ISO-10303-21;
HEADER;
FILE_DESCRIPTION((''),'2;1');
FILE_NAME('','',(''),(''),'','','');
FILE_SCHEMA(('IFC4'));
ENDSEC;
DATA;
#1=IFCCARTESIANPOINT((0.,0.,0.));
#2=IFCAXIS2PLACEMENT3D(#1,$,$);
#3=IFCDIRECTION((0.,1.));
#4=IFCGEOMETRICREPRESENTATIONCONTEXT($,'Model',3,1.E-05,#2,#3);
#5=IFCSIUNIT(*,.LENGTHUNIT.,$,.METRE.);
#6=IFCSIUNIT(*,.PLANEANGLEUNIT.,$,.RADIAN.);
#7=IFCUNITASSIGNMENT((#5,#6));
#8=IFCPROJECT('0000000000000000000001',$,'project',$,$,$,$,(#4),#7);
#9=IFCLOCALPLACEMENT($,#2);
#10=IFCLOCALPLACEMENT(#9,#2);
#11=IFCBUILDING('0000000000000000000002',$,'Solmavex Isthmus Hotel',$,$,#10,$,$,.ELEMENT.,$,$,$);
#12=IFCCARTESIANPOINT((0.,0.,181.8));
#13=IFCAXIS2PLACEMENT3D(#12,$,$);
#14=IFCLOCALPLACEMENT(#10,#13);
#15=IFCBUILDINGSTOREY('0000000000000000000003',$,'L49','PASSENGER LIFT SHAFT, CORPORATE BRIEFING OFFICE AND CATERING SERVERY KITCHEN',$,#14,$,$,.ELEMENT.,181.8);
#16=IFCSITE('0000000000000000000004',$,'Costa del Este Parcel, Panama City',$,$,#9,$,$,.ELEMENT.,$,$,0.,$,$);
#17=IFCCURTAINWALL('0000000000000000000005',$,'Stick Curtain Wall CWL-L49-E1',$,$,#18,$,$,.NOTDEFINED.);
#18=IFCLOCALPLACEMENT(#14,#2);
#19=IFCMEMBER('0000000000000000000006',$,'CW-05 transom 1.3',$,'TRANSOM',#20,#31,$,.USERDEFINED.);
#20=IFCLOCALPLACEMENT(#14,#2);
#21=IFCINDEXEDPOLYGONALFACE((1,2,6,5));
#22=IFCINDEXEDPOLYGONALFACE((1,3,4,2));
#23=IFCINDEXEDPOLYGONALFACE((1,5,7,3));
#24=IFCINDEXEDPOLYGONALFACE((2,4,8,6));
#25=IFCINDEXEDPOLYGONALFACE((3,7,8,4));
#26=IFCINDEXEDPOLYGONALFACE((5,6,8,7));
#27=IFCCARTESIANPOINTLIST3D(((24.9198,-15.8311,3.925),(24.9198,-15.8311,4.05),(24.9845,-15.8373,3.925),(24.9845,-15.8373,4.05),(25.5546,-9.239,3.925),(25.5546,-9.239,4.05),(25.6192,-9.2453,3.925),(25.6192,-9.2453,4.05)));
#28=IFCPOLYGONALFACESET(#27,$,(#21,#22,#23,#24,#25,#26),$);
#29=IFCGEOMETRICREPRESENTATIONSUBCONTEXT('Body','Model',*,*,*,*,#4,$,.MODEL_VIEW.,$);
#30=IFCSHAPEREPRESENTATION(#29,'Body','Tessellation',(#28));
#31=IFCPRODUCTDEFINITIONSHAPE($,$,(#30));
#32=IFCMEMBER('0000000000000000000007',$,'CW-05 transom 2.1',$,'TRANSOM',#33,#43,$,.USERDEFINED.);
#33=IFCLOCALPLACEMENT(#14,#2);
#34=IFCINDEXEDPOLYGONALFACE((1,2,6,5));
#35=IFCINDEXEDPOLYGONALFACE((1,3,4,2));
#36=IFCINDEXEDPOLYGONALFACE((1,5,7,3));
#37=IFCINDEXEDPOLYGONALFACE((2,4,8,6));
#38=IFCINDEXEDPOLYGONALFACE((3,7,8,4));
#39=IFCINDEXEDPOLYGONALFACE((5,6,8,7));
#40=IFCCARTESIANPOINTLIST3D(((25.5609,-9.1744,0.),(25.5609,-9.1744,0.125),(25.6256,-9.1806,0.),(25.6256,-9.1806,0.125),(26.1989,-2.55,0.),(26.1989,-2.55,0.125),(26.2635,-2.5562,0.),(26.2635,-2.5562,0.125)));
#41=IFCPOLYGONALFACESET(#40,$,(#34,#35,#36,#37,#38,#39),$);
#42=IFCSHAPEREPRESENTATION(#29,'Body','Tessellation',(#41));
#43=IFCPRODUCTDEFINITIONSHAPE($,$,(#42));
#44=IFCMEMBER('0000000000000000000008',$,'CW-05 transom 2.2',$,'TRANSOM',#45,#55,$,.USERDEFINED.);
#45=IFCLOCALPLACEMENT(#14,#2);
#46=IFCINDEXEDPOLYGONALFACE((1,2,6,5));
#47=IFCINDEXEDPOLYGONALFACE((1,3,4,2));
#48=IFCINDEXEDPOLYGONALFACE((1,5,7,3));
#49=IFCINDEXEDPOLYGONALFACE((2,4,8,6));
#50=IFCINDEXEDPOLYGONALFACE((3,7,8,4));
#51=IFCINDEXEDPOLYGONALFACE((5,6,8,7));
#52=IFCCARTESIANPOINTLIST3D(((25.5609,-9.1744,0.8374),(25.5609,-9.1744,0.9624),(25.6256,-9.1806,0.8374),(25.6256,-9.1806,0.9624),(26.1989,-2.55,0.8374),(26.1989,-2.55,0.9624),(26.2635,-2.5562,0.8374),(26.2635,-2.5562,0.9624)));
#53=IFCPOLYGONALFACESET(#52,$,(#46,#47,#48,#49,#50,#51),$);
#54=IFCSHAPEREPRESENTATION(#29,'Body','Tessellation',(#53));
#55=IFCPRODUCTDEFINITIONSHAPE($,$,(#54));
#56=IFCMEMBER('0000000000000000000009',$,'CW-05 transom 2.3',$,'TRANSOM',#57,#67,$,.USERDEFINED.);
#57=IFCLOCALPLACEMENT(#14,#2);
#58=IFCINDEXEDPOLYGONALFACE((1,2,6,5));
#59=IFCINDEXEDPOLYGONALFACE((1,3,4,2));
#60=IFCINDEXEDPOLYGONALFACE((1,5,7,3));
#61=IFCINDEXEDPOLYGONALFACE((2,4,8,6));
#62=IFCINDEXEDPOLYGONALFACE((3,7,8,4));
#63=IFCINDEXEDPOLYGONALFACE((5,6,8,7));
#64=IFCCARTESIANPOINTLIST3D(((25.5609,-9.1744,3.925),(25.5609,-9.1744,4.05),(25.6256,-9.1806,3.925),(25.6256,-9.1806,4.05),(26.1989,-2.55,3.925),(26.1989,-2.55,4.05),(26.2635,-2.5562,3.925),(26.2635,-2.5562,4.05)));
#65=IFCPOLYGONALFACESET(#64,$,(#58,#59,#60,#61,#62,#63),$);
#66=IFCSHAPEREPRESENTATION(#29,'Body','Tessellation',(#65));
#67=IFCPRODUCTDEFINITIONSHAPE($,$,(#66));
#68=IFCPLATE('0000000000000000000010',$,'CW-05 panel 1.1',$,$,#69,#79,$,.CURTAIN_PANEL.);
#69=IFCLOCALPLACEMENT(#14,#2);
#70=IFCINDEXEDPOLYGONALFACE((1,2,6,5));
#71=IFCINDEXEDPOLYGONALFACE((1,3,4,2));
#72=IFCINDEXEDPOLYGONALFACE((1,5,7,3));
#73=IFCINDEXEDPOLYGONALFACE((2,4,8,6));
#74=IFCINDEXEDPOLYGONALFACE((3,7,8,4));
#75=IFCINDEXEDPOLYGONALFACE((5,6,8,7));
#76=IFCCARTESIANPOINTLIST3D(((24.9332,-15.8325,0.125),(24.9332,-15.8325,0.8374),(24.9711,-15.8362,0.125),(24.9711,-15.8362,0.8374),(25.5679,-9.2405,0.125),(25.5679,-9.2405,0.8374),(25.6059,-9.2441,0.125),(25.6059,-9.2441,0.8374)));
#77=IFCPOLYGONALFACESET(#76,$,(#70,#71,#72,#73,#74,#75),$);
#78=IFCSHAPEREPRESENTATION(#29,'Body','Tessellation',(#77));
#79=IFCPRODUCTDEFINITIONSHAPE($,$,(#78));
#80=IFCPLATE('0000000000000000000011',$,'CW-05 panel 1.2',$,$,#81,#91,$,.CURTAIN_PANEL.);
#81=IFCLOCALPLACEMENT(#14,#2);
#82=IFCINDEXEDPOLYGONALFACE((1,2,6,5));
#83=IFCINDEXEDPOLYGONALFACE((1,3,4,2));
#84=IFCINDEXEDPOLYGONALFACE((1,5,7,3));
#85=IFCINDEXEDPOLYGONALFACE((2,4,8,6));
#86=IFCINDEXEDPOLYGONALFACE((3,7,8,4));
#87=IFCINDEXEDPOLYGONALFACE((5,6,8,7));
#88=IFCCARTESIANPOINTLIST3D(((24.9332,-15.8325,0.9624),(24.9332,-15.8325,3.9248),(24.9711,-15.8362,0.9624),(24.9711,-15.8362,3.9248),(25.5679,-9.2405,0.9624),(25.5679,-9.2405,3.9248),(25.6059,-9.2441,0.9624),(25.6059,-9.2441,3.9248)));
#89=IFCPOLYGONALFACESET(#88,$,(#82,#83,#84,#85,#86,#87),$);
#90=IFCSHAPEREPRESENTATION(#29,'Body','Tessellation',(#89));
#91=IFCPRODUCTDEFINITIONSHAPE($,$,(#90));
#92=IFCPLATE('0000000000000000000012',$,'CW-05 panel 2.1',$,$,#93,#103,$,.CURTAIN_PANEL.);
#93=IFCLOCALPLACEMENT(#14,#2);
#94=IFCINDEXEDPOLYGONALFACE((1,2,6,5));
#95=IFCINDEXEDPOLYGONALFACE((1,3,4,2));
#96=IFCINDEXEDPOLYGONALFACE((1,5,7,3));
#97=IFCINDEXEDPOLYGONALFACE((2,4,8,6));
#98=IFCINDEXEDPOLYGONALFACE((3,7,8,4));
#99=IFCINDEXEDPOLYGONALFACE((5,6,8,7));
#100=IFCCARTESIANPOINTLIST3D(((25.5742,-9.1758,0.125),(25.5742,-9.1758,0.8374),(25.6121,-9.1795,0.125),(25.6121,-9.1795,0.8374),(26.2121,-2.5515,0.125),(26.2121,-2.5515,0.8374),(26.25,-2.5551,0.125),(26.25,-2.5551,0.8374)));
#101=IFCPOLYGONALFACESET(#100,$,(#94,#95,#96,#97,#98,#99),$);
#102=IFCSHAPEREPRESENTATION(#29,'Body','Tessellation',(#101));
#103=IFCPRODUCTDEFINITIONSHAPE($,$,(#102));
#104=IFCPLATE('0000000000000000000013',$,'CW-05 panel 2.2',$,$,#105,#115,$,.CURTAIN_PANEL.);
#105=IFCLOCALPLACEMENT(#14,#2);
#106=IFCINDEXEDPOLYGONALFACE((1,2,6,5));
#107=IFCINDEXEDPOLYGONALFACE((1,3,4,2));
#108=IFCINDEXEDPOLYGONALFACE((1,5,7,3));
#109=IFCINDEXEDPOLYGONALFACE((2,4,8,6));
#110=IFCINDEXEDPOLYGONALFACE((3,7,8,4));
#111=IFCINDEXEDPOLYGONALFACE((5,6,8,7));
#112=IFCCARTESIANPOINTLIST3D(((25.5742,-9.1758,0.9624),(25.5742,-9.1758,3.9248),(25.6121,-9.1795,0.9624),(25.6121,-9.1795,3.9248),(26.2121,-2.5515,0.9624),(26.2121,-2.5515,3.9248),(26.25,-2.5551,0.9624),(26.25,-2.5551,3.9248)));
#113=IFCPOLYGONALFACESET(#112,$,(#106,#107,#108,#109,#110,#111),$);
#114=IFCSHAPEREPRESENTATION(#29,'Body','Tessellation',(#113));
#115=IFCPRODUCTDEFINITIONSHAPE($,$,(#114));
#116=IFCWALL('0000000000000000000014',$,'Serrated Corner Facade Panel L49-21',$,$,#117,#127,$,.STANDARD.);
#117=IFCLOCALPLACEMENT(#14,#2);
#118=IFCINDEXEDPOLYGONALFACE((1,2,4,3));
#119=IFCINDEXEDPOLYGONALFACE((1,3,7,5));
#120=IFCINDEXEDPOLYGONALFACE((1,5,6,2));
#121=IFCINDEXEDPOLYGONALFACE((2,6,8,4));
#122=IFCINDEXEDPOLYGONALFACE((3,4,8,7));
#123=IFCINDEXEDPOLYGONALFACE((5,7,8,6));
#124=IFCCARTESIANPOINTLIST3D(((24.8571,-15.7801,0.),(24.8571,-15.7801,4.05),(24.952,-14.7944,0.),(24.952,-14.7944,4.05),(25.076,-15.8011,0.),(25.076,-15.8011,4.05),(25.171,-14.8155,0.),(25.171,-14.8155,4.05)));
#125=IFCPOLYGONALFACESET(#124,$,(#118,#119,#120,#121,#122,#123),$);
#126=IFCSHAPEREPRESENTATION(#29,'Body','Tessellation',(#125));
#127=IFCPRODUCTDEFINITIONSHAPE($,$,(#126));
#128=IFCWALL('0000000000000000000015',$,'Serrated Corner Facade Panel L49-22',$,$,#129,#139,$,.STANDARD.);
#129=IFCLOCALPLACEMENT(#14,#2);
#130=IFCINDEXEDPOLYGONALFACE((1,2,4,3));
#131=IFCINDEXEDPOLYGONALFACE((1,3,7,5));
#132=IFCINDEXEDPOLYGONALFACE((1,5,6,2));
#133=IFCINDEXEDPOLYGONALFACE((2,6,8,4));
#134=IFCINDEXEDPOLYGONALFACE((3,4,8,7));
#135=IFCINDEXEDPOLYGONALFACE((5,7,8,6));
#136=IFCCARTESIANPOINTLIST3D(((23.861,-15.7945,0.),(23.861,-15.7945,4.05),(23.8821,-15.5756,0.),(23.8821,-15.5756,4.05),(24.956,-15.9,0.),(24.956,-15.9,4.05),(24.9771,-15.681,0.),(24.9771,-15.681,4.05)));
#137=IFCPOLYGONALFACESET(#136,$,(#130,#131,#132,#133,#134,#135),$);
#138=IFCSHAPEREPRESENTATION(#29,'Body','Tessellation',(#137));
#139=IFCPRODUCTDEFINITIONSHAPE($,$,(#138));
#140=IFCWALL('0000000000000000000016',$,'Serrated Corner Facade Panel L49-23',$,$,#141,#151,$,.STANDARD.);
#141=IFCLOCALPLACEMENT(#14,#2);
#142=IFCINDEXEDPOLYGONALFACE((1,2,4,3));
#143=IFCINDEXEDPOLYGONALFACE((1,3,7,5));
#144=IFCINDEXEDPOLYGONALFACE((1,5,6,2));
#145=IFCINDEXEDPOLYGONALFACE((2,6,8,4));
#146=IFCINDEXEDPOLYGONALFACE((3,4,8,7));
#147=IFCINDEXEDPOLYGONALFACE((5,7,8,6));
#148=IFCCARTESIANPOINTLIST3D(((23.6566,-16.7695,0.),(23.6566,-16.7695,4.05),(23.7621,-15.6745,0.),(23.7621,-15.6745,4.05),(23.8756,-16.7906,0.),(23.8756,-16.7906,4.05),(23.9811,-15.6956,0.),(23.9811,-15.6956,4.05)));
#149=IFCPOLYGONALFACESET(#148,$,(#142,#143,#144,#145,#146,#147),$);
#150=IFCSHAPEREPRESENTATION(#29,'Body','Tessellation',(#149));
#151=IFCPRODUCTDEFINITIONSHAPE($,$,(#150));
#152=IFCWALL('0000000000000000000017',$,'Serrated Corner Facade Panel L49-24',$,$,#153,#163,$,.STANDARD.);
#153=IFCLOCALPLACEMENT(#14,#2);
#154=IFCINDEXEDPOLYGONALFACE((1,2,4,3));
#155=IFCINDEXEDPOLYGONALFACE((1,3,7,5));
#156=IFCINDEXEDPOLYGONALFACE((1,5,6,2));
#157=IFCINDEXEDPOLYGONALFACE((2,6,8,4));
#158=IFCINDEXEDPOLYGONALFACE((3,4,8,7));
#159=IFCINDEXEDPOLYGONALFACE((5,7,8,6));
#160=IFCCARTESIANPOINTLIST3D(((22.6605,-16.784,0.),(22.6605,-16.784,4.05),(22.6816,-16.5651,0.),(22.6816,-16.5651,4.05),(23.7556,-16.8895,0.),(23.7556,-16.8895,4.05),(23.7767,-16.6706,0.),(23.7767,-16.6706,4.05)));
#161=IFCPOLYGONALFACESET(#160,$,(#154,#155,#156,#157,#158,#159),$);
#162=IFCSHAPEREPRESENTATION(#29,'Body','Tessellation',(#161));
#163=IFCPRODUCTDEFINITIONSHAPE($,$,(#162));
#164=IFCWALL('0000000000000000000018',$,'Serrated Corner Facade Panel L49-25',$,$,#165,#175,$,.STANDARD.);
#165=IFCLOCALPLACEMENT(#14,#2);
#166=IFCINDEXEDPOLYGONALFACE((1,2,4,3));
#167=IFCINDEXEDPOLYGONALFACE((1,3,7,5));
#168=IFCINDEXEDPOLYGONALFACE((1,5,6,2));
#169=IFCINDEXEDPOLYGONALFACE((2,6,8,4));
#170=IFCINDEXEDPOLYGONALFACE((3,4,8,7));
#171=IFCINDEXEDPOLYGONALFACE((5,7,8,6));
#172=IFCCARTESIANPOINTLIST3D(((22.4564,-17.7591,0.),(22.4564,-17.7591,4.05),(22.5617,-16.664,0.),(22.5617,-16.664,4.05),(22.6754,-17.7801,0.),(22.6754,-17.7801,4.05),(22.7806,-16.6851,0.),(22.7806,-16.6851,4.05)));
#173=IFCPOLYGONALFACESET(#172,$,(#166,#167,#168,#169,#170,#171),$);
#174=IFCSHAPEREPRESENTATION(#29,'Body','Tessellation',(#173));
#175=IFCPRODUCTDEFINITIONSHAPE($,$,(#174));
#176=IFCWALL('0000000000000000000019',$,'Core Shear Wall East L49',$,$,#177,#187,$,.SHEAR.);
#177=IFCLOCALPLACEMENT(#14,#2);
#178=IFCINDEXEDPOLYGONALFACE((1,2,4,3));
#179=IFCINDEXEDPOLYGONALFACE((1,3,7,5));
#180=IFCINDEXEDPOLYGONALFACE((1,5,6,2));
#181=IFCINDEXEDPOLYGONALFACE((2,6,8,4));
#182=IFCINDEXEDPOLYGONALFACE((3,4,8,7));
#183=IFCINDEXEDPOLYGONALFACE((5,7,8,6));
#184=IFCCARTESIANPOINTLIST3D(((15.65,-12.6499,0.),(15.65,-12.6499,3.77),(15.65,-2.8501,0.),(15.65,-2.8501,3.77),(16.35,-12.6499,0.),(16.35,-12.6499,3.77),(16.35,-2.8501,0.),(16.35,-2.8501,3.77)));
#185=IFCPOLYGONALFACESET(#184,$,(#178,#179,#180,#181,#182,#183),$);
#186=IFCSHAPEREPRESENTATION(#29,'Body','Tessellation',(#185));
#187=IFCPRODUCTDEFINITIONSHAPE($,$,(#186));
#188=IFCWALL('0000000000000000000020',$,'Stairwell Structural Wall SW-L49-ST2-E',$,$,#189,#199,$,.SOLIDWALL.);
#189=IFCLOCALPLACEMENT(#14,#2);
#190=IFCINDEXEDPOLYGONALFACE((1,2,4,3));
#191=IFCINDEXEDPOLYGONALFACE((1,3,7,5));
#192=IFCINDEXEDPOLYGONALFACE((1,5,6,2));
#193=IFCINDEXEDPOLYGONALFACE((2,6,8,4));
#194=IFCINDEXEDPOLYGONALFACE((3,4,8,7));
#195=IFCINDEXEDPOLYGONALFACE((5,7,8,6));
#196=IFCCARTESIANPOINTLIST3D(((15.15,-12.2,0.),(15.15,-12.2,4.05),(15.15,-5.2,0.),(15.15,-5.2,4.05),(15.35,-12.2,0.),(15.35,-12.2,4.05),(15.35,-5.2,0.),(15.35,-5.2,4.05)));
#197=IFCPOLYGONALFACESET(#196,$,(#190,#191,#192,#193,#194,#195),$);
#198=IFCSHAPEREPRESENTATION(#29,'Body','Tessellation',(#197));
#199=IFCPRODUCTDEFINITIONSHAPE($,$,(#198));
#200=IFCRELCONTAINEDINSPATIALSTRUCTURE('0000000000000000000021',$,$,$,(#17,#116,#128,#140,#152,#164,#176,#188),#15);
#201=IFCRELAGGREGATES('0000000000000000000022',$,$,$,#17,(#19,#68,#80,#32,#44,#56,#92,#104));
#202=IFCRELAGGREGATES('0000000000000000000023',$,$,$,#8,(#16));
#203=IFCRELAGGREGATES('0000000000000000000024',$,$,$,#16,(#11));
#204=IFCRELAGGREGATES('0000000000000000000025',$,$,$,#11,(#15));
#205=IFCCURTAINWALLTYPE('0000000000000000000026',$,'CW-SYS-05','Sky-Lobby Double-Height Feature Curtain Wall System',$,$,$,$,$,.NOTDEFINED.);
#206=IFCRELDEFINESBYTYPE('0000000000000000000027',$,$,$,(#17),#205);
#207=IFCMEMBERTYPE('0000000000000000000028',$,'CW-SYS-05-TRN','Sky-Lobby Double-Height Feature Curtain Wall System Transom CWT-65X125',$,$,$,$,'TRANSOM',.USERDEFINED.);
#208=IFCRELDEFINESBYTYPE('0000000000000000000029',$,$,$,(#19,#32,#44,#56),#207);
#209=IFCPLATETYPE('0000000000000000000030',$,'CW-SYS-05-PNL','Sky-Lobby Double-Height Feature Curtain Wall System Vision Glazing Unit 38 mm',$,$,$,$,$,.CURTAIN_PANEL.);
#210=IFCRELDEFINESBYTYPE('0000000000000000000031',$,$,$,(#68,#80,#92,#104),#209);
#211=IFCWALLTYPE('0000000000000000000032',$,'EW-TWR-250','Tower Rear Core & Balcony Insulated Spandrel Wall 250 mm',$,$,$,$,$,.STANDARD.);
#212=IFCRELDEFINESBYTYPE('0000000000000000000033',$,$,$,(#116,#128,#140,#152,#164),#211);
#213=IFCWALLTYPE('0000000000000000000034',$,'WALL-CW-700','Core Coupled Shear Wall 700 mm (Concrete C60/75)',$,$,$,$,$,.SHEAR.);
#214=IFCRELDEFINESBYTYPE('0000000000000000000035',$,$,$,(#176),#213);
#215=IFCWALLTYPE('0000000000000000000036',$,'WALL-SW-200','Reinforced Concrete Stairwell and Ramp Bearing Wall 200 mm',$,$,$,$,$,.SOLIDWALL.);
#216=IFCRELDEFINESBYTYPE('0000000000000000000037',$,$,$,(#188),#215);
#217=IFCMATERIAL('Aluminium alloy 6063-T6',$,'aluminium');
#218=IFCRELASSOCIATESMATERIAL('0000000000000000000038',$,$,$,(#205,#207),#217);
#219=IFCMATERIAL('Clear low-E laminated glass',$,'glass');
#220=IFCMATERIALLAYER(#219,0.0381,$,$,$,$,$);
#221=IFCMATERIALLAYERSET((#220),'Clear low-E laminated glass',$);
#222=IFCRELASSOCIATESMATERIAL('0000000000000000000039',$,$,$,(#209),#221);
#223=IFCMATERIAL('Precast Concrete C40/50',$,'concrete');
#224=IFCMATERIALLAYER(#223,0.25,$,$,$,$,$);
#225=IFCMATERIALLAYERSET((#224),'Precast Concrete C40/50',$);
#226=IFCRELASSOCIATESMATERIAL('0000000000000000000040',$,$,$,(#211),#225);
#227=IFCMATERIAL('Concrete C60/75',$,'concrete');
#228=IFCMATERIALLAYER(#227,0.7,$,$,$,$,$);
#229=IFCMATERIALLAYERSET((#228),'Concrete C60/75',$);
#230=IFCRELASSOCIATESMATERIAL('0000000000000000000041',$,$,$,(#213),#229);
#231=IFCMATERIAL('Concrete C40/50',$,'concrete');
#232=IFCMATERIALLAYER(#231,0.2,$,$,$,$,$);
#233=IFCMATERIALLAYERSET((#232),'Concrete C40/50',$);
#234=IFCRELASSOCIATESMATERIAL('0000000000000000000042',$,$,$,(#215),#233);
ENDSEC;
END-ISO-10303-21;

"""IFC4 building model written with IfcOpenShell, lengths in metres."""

from ifc_helpers import new_model, si_unit, direction, frame, frame_2d, origin, origin_2d, place, context, subcontext, project, spatial, rectangle, extrude, material, layer, layer_set, material_profile, profile_set, type_object, element, aggregate, save


model = new_model("IFC4")

# Units and contexts
model_context = context("Model", 3, precision=1e-05, world=origin(), true_north=direction((0.0, 1.0)))
body_context = subcontext(model_context, "Body", "Model", "MODEL_VIEW")
ifc_project = project(units=[si_unit("LENGTHUNIT", "METRE"), si_unit("PLANEANGLEUNIT", "RADIAN")], contexts=[model_context])

# Site, building, storey
site_placement = place(None, origin())
site = spatial("IfcSite", under=ifc_project, at=site_placement, Name="Costa del Este Parcel, Panama City", CompositionType="ELEMENT", RefElevation=0.0)
building_placement = place(site_placement, origin())
building = spatial("IfcBuilding", under=site, at=building_placement, Name="Solmavex Isthmus Hotel", CompositionType="ELEMENT")
storey_placement = place(building_placement, frame((0.0, 0.0, 181.8)))
storey = spatial("IfcBuildingStorey", under=building, at=storey_placement, Name="L49", Description="PASSENGER LIFT SHAFT, CORPORATE BRIEFING OFFICE AND CATERING SERVERY KITCHEN", CompositionType="ELEMENT", Elevation=181.8)

# Shared definitions
ifc_material_1 = material(Name="Concrete C60/75", Category="concrete")

# Curtain wall, members, plates
ifc_material_2 = material(Name="Aluminium alloy 6063-T6", Category="aluminium")
curtain_wall_type = type_object("IfcCurtainWallType", Name="CW-SYS-05", Description="Sky-Lobby Double-Height Feature Curtain Wall System", PredefinedType="NOTDEFINED", material=ifc_material_2)
curtain_wall_placement = place(storey_placement, origin())
curtain_wall = element("IfcCurtainWall", 1, at=curtain_wall_placement, inside=storey, type_object=curtain_wall_type, Name="Stick Curtain Wall CWL-L49-E1", PredefinedType="NOTDEFINED")
ifc_material_profile_1 = material_profile(ifc_material_2, rectangle(XDim=0.0649, YDim=0.125, at=origin_2d()), Name="CWT-65X125")
ifc_profile_set_1 = profile_set([ifc_material_profile_1], Name="Aluminium alloy 6063-T6")
member_type_1 = type_object("IfcMemberType", Name="CW-SYS-05-TRN", Description="Sky-Lobby Double-Height Feature Curtain Wall System Transom CWT-65X125", ElementType="TRANSOM", PredefinedType="USERDEFINED", material=ifc_profile_set_1)
member_1_placement = place(storey_placement, frame((24.9521, -15.8342, 3.9875), z_axis=(0.095849, 0.995396, 0.0), x_axis=(-0.995396, 0.095849, 0.0)))
member_1 = element("IfcMember", 2, at=member_1_placement, type_object=member_type_1, Name="CW-05 transom 1.3", ObjectType="TRANSOM", PredefinedType="USERDEFINED", context=body_context, shape_type="SweptSolid", body=[
    extrude(rectangle(XDim=0.0649, YDim=0.125, at=origin_2d()), origin(), (0.0, 0.0, 1.0), 6.6226),
])
member_2_placement = place(storey_placement, frame((25.5933, -9.1775, 0.0625), z_axis=(0.09586, 0.995395, 0.0), x_axis=(-0.995395, 0.09586, 0.0)))
member_2 = element("IfcMember", 3, at=member_2_placement, type_object=member_type_1, Name="CW-05 transom 2.1", ObjectType="TRANSOM", PredefinedType="USERDEFINED", context=body_context, shape_type="SweptSolid", body=[
    extrude(rectangle(XDim=0.0649, YDim=0.125, at=origin_2d()), origin(), (0.0, 0.0, 1.0), 6.655),
])
member_3_placement = place(storey_placement, frame((25.5933, -9.1775, 0.8999), z_axis=(0.09586, 0.995395, 0.0), x_axis=(-0.995395, 0.09586, 0.0)))
member_3 = element("IfcMember", 4, at=member_3_placement, type_object=member_type_1, Name="CW-05 transom 2.2", ObjectType="TRANSOM", PredefinedType="USERDEFINED", context=body_context, shape_type="SweptSolid", body=[
    extrude(rectangle(XDim=0.0649, YDim=0.125, at=origin_2d()), origin(), (0.0, 0.0, 1.0), 6.655),
])
member_4_placement = place(storey_placement, frame((25.5933, -9.1775, 3.9875), z_axis=(0.09586, 0.995395, 0.0), x_axis=(-0.995395, 0.09586, 0.0)))
member_4 = element("IfcMember", 5, at=member_4_placement, type_object=member_type_1, Name="CW-05 transom 2.3", ObjectType="TRANSOM", PredefinedType="USERDEFINED", context=body_context, shape_type="SweptSolid", body=[
    extrude(rectangle(XDim=0.0649, YDim=0.125, at=origin_2d()), origin(), (0.0, 0.0, 1.0), 6.655),
])
ifc_material_3 = material(Name="Clear low-E laminated glass", Category="glass")
ifc_layer_1 = layer(ifc_material_3, 0.0381)
ifc_layer_set_1 = layer_set([ifc_layer_1], Name="Clear low-E laminated glass")
plate_type = type_object("IfcPlateType", Name="CW-SYS-05-PNL", Description="Sky-Lobby Double-Height Feature Curtain Wall System Vision Glazing Unit 38 mm", PredefinedType="CURTAIN_PANEL", material=ifc_layer_set_1)
plate_1_placement = place(storey_placement, frame((25.2695, -12.5383, 0.125), z_axis=(0.0, 0.0, 1.0), x_axis=(0.095846, 0.995396, 0.0)))
plate_1 = element("IfcPlate", 6, at=plate_1_placement, type_object=plate_type, Name="CW-05 panel 1.1", PredefinedType="CURTAIN_PANEL", context=body_context, shape_type="SweptSolid", body=[
    extrude(rectangle(XDim=6.6226, YDim=0.0381, at=origin_2d()), origin(), (0.0, 0.0, 1.0), 0.7124),
])
plate_2_placement = place(storey_placement, frame((25.2695, -12.5383, 0.9624), z_axis=(0.0, 0.0, 1.0), x_axis=(0.095846, 0.995396, 0.0)))
plate_2 = element("IfcPlate", 7, at=plate_2_placement, type_object=plate_type, Name="CW-05 panel 1.2", PredefinedType="CURTAIN_PANEL", context=body_context, shape_type="SweptSolid", body=[
    extrude(rectangle(XDim=6.6226, YDim=0.0381, at=origin_2d()), origin(), (0.0, 0.0, 1.0), 2.9624),
])
plate_3_placement = place(storey_placement, frame((25.9121, -5.8655, 0.125), z_axis=(0.0, 0.0, 1.0), x_axis=(0.095846, 0.995396, 0.0)))
plate_3 = element("IfcPlate", 8, at=plate_3_placement, type_object=plate_type, Name="CW-05 panel 2.1", PredefinedType="CURTAIN_PANEL", context=body_context, shape_type="SweptSolid", body=[
    extrude(rectangle(XDim=6.655, YDim=0.0381, at=origin_2d()), origin(), (0.0, 0.0, 1.0), 0.7124),
])
plate_4_placement = place(storey_placement, frame((25.9121, -5.8655, 0.9624), z_axis=(0.0, 0.0, 1.0), x_axis=(0.095846, 0.995396, 0.0)))
plate_4 = element("IfcPlate", 9, at=plate_4_placement, type_object=plate_type, Name="CW-05 panel 2.2", PredefinedType="CURTAIN_PANEL", context=body_context, shape_type="SweptSolid", body=[
    extrude(rectangle(XDim=6.655, YDim=0.0381, at=origin_2d()), origin(), (0.0, 0.0, 1.0), 2.9624),
])
aggregate(curtain_wall, [member_1, plate_1, plate_2, member_2, member_3, member_4, plate_3, plate_4])

# Walls
ifc_material_4 = material(Name="Precast Concrete C40/50", Category="concrete")
ifc_layer_2 = layer(ifc_material_4, 0.25)
ifc_layer_set_2 = layer_set([ifc_layer_2], Name="Precast Concrete C40/50")
wall_type_1 = type_object("IfcWallType", Name="EW-TWR-250", Description="Tower Rear Core & Balcony Insulated Spandrel Wall 250 mm", PredefinedType="STANDARD", material=ifc_layer_set_2)
wall_1_placement = place(storey_placement, frame((25.0615, -14.8049, 0.0), z_axis=(0.0, 0.0, 1.0), x_axis=(-0.095914, -0.99539, 0.0)))
element("IfcWall", 10, at=wall_1_placement, inside=storey, type_object=wall_type_1, Name="Serrated Corner Facade Panel L49-21", PredefinedType="STANDARD", context=body_context, shape_type="SweptSolid", body=[
    extrude(rectangle(XDim=0.9902, YDim=0.22, at=frame_2d((0.4951, 0.0))), origin(), (0.0, 0.0, 1.0), 4.05),
])
for number, where, z_axis, x_axis, name in (
    (11, (24.9666, -15.7905, 0.0), (0.0, 0.0, 1.0), (-0.995393, 0.095877, 0.0), "Serrated Corner Facade Panel L49-22"),
    (12, (23.8716, -15.6851, 0.0), (0.0, 0.0, 1.0), (-0.095877, -0.995393, 0.0), "Serrated Corner Facade Panel L49-23"),
    (13, (23.7661, -16.78, 0.0), (0.0, 0.0, 1.0), (-0.995393, 0.095877, 0.0), "Serrated Corner Facade Panel L49-24"),
    (14, (22.6711, -16.6746, 0.0), (0.0, 0.0, 1.0), (-0.095657, -0.995414, 0.0), "Serrated Corner Facade Panel L49-25"),
):
    element("IfcWall", number, at=place(storey_placement, frame(where, z_axis=z_axis, x_axis=x_axis)), inside=storey, type_object=wall_type_1, Name=name, PredefinedType="STANDARD", context=body_context, shape_type="SweptSolid", body=[
        extrude(rectangle(XDim=1.1001, YDim=0.22, at=frame_2d((0.55, 0.0))), origin(), (0.0, 0.0, 1.0), 4.05),
    ])
ifc_layer_3 = layer(ifc_material_1, 0.7)
ifc_layer_set_3 = layer_set([ifc_layer_3], Name="Concrete C60/75")
wall_type_2 = type_object("IfcWallType", Name="WALL-CW-700", Description="Core Coupled Shear Wall 700 mm (Concrete C60/75)", PredefinedType="SHEAR", material=ifc_layer_set_3)
wall_2_placement = place(storey_placement, frame((16.0, -12.6499, 0.0), z_axis=(0.0, 0.0, 1.0), x_axis=(0.0, 1.0, 0.0)))
element("IfcWall", 15, at=wall_2_placement, inside=storey, type_object=wall_type_2, Name="Core Shear Wall East L49", PredefinedType="SHEAR", context=body_context, shape_type="SweptSolid", body=[
    extrude(rectangle(XDim=9.7998, YDim=0.7, at=frame_2d((4.8999, 0.0))), origin(), (0.0, 0.0, 1.0), 3.77),
])
ifc_material_5 = material(Name="Concrete C40/50", Category="concrete")
ifc_layer_4 = layer(ifc_material_5, 0.2)
ifc_layer_set_4 = layer_set([ifc_layer_4], Name="Concrete C40/50")
wall_type_3 = type_object("IfcWallType", Name="WALL-SW-200", Description="Reinforced Concrete Stairwell and Ramp Bearing Wall 200 mm", PredefinedType="SOLIDWALL", material=ifc_layer_set_4)
wall_3_placement = place(storey_placement, frame((15.25, -12.2, 0.0), z_axis=(0.0, 0.0, 1.0), x_axis=(0.0, 1.0, 0.0)))
element("IfcWall", 16, at=wall_3_placement, inside=storey, type_object=wall_type_3, Name="Stairwell Structural Wall SW-L49-ST2-E", PredefinedType="SOLIDWALL", context=body_context, shape_type="SweptSolid", body=[
    extrude(rectangle(XDim=7.0, YDim=0.2, at=frame_2d((3.5, 0.0))), origin(), (0.0, 0.0, 1.0), 4.05),
])

save(model, "model.ifc")
